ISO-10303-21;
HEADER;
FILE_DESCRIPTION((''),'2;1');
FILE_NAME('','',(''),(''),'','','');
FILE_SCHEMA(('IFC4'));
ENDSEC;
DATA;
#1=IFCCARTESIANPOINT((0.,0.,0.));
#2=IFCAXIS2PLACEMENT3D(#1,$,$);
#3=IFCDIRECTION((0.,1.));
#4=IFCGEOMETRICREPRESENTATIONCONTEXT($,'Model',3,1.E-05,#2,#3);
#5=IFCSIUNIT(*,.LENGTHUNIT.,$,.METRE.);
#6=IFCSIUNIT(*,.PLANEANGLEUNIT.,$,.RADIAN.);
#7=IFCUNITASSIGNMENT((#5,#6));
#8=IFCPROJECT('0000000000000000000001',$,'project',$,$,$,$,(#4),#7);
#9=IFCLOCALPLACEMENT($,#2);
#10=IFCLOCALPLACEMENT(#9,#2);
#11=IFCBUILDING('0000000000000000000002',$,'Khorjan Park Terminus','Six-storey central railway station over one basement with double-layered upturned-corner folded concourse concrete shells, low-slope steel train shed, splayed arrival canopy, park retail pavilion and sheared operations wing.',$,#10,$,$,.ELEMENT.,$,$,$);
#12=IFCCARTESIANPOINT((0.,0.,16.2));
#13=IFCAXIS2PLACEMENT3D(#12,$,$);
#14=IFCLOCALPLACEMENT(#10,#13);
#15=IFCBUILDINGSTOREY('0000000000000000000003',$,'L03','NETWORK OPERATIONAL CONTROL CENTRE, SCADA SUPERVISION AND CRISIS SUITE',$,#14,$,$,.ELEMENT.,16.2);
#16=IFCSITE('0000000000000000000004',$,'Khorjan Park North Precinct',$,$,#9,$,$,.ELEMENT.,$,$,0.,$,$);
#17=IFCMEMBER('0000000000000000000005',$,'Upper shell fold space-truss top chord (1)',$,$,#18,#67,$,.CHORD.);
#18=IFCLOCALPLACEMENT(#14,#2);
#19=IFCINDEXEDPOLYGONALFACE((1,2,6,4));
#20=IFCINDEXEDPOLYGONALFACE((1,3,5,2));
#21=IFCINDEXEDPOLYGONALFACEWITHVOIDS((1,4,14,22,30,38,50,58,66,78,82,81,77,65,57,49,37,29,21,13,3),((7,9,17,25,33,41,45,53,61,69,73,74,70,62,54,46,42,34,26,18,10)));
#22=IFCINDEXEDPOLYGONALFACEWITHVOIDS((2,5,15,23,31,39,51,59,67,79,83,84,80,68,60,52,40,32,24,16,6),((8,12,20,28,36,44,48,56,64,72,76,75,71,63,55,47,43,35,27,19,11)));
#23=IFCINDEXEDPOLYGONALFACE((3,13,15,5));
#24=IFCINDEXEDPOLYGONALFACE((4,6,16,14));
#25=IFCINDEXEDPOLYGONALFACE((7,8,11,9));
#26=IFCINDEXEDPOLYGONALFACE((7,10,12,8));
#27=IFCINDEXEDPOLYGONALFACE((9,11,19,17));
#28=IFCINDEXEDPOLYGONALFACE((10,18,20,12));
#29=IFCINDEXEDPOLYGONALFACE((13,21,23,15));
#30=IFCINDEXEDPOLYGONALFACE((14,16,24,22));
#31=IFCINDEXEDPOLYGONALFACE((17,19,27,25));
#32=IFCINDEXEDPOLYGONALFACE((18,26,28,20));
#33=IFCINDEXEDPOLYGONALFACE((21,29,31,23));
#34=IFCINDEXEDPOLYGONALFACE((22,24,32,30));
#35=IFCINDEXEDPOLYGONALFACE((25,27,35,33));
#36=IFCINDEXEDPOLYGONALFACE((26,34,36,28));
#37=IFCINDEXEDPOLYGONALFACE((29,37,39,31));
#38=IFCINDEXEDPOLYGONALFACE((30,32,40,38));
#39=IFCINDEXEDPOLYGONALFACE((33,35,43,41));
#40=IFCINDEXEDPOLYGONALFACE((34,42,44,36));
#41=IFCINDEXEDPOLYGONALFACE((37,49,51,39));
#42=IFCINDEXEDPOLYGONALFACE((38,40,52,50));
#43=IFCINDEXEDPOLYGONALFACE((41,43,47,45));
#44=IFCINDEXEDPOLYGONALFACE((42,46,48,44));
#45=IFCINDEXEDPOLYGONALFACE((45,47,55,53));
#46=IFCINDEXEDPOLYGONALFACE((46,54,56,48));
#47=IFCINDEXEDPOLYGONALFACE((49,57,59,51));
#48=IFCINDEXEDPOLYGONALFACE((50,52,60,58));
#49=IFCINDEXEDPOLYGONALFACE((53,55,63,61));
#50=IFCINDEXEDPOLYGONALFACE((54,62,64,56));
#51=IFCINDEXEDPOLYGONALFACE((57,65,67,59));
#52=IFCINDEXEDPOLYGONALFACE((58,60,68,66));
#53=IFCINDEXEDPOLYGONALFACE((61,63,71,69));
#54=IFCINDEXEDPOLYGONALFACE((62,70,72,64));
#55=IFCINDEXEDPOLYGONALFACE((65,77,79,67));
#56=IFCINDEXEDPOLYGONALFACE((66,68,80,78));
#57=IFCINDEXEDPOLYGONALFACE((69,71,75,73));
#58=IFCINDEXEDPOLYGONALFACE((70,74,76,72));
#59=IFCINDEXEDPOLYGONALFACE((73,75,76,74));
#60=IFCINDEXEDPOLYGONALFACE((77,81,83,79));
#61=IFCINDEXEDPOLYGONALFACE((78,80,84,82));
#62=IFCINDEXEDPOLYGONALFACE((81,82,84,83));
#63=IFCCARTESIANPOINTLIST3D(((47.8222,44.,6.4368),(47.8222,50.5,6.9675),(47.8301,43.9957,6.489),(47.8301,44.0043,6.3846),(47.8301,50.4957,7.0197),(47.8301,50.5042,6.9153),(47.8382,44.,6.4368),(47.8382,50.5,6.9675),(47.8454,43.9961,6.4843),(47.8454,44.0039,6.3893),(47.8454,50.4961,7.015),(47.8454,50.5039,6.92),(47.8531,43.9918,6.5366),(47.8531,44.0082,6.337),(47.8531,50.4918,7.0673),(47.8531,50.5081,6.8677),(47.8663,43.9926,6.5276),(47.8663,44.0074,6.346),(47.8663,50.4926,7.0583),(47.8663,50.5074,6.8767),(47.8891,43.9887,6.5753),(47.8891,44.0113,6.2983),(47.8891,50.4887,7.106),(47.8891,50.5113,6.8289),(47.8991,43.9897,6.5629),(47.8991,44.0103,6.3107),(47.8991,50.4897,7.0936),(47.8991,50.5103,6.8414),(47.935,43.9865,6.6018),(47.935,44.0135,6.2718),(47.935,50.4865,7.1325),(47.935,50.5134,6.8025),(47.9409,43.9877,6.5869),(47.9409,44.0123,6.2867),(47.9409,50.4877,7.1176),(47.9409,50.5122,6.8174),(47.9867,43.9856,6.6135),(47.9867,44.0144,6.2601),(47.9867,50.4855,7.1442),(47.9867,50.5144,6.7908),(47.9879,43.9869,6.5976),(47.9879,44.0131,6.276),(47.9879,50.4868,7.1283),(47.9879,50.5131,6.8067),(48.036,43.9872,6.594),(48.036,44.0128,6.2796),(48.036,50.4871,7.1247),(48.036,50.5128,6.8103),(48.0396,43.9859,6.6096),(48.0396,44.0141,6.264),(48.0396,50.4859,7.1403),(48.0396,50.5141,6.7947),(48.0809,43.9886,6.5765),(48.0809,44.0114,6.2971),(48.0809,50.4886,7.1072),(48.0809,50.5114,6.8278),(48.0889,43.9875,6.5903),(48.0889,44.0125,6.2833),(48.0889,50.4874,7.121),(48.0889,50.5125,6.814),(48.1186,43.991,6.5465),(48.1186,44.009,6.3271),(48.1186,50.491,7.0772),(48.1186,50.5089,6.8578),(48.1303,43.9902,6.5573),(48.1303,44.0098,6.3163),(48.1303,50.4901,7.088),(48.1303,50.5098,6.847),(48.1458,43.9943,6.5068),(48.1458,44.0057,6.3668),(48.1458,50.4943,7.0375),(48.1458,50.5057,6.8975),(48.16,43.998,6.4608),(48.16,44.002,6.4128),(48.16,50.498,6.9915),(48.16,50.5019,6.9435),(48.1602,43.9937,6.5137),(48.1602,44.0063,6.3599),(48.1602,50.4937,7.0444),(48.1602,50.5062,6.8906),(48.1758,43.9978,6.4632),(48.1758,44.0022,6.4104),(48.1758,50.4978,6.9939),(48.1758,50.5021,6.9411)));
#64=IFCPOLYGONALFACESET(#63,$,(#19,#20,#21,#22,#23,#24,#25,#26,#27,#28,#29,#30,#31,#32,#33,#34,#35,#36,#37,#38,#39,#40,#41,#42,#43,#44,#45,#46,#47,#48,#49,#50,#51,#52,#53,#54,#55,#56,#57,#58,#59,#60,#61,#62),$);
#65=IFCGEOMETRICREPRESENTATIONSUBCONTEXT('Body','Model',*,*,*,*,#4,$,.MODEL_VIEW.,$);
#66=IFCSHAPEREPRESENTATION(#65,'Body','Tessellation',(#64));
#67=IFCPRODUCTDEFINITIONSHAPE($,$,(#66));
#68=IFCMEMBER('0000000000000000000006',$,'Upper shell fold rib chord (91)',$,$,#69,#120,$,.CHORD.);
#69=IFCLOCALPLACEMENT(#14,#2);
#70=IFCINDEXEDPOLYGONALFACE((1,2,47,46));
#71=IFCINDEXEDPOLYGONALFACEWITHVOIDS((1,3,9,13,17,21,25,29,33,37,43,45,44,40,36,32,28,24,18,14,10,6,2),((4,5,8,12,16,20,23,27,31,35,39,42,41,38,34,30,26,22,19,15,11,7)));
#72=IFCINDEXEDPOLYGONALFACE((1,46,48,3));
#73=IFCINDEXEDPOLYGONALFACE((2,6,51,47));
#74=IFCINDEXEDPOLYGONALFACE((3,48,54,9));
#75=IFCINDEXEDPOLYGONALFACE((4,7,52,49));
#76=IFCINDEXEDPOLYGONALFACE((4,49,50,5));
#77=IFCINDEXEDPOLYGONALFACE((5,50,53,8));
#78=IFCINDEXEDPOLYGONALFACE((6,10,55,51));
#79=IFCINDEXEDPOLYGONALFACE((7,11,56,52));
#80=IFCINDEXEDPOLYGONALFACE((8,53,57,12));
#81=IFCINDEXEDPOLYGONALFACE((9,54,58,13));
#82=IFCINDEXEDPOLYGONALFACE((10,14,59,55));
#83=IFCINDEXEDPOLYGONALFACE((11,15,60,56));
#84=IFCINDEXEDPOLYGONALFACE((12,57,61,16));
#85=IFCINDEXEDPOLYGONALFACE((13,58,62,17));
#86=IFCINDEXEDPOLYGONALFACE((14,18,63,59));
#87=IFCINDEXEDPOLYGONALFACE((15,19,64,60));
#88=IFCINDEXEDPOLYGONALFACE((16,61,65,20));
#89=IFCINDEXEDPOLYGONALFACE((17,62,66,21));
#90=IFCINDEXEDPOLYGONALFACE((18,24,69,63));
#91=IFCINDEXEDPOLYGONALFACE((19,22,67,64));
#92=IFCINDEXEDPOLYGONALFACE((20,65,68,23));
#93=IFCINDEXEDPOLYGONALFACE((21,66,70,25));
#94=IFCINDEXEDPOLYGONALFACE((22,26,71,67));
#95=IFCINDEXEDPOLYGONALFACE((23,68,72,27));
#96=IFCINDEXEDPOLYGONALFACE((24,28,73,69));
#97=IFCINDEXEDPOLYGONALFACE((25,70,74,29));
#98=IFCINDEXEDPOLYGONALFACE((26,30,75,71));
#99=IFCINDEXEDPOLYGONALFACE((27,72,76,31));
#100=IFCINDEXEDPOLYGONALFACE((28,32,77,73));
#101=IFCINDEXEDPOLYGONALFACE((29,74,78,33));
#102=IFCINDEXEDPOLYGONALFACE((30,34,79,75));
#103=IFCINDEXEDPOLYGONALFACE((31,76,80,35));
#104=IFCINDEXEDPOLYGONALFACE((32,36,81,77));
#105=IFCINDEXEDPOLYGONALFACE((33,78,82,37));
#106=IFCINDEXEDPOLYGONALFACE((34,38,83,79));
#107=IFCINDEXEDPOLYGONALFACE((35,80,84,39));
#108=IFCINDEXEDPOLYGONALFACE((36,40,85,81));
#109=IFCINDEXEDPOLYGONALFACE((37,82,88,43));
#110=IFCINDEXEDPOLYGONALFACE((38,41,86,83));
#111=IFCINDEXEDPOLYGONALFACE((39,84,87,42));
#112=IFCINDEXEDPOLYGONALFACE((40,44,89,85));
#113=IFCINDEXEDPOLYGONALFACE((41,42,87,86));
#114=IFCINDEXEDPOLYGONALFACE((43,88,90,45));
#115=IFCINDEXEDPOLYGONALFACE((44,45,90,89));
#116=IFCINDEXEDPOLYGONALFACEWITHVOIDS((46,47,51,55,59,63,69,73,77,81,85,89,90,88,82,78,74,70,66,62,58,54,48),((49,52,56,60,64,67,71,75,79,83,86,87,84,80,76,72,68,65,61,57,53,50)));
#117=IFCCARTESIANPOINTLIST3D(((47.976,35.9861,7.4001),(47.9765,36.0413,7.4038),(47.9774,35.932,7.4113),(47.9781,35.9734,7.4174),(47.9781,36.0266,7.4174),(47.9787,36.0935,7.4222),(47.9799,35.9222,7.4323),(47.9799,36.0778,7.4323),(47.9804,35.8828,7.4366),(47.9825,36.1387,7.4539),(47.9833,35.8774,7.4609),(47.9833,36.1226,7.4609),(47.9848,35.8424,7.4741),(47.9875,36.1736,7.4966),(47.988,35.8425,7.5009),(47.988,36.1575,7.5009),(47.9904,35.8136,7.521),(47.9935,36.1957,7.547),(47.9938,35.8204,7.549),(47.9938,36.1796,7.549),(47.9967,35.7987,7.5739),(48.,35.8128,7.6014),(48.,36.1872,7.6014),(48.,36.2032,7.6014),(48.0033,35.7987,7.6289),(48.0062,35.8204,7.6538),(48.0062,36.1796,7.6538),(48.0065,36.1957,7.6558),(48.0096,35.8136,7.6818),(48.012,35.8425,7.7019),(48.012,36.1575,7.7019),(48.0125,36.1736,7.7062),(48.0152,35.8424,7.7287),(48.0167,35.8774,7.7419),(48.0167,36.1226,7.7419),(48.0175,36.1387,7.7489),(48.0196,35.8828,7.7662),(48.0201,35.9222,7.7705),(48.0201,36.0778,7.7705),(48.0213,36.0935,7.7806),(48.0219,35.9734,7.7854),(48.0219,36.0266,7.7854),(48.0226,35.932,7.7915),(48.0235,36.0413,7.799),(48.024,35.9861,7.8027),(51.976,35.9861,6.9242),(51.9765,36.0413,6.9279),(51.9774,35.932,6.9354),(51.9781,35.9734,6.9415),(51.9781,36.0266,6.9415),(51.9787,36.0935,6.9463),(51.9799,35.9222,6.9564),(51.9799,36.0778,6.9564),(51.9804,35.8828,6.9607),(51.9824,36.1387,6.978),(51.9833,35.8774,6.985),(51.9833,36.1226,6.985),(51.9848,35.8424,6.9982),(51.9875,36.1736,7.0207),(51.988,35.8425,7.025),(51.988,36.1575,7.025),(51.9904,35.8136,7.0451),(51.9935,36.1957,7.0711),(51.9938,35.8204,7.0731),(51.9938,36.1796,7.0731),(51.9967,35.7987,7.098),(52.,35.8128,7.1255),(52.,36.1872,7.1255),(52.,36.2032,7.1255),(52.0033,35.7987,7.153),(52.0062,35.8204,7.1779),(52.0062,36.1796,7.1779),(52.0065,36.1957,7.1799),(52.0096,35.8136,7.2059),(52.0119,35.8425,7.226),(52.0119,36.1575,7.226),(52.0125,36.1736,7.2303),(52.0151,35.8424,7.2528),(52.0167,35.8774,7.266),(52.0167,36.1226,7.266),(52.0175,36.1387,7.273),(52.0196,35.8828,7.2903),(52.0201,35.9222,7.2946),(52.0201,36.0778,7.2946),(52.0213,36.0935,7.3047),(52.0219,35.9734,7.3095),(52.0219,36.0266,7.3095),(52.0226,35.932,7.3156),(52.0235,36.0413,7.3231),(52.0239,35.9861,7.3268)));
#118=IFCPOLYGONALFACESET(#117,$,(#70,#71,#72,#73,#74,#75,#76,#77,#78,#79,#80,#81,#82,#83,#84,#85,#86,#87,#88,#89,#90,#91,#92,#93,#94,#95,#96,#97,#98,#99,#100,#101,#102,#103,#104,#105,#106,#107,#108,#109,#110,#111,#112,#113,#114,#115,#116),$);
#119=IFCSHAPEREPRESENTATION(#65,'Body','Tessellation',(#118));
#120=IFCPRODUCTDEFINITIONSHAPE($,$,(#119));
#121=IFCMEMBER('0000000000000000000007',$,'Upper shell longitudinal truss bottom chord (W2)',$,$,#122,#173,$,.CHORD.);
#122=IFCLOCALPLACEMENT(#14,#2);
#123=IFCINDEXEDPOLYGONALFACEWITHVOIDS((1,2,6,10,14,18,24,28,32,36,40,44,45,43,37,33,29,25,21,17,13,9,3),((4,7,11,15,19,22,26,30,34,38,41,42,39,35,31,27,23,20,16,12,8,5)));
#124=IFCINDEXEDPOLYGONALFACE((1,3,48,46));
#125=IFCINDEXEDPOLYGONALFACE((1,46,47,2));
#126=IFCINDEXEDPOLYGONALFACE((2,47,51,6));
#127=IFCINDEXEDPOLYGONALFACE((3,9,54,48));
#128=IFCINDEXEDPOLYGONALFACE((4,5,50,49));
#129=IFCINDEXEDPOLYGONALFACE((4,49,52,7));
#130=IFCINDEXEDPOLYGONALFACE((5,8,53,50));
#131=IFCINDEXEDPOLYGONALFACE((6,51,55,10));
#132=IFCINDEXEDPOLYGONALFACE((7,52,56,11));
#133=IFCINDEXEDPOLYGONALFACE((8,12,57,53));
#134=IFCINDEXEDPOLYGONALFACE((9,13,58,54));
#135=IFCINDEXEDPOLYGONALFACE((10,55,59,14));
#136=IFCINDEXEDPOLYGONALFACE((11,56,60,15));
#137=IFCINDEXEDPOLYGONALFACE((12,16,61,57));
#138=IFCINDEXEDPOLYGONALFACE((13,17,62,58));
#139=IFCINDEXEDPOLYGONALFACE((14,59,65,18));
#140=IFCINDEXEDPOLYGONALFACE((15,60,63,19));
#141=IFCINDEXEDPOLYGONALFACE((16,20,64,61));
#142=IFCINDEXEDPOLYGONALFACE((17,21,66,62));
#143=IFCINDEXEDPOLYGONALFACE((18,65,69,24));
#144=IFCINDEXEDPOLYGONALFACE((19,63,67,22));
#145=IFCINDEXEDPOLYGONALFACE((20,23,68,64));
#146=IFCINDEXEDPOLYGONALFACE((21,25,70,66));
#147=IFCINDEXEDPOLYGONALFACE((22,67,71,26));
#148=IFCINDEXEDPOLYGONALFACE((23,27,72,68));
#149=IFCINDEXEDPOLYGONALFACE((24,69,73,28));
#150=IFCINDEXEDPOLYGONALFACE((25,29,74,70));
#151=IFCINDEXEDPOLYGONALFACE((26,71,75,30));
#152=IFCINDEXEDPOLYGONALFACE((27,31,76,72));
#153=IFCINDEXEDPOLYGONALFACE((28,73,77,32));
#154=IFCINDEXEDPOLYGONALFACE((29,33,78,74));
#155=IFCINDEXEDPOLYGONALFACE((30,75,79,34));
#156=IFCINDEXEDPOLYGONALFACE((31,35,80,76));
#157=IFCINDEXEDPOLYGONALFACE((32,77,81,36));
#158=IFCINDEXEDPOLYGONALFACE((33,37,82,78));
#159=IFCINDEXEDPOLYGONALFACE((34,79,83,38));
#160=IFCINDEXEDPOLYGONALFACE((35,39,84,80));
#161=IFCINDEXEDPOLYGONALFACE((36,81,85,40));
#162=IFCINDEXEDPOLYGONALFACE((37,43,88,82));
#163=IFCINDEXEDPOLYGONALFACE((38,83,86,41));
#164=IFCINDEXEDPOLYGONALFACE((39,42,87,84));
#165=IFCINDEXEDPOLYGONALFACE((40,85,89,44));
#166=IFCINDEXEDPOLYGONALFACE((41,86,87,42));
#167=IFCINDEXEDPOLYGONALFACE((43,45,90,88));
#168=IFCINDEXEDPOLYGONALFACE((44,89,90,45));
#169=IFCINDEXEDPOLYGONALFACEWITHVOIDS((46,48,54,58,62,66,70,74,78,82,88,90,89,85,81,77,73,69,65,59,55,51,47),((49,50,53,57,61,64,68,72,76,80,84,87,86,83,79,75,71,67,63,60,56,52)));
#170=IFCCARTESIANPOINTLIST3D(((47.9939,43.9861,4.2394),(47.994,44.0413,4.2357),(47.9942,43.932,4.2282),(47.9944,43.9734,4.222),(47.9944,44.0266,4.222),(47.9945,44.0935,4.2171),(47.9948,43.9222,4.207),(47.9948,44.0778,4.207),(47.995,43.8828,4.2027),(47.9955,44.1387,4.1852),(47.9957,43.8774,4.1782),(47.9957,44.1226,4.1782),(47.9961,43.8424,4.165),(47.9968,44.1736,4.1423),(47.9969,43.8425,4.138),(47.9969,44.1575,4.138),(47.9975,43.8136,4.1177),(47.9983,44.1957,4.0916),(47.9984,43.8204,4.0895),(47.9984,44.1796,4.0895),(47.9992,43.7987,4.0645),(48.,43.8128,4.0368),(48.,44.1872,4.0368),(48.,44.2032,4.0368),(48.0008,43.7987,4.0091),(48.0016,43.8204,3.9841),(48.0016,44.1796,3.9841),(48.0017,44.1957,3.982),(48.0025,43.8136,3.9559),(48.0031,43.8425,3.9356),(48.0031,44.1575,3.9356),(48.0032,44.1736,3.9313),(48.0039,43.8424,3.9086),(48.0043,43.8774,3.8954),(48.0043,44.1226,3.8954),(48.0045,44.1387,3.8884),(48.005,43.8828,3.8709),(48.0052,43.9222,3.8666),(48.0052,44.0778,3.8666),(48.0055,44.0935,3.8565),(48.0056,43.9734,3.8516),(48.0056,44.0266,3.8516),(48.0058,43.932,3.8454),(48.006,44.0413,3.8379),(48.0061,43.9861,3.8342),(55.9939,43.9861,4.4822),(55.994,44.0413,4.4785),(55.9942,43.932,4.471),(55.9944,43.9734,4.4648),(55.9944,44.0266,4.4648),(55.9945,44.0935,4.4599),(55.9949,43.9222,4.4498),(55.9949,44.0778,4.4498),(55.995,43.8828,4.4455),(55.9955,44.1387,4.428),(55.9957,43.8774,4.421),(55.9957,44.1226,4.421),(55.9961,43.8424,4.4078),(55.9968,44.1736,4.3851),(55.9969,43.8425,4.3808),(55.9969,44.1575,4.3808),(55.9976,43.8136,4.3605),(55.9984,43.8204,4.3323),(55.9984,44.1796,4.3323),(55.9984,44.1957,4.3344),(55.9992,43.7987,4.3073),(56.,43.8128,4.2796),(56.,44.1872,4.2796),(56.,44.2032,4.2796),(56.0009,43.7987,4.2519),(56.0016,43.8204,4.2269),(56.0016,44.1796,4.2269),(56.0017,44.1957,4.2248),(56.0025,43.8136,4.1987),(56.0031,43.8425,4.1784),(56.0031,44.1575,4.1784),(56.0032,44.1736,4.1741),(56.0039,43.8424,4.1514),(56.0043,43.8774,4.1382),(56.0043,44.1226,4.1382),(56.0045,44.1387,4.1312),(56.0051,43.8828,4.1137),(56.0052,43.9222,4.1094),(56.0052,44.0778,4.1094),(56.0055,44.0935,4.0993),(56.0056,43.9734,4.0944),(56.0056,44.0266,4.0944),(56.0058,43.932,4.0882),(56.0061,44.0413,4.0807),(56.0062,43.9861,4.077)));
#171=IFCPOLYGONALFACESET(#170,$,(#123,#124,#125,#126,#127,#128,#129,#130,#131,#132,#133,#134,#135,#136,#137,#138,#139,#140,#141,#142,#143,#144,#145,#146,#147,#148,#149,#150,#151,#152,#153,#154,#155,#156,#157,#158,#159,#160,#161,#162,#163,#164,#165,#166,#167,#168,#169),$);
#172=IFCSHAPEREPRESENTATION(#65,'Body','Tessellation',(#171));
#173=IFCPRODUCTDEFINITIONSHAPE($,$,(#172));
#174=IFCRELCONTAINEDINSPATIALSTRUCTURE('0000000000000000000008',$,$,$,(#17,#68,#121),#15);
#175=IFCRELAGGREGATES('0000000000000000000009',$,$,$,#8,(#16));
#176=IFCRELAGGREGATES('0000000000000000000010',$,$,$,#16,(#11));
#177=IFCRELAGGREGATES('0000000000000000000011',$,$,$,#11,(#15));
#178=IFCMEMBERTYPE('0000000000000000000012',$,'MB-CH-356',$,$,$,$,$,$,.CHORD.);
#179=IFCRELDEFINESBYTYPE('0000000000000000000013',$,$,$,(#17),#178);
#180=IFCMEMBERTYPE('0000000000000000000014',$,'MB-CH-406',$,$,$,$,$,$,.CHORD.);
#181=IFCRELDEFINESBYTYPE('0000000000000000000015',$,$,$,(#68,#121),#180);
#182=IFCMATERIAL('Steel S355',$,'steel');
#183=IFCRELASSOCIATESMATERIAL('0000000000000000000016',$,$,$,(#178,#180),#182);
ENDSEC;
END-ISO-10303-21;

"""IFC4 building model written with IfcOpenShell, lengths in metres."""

from ifc_helpers import new_model, si_unit, direction, frame, origin, origin_2d, place, context, subcontext, project, spatial, hollow_circle, extrude, material, material_profile, profile_set, type_object, element, save


model = new_model("IFC4")

# Units and contexts
model_context = context("Model", 3, precision=1e-05, world=origin(), true_north=direction((0.0, 1.0)))
body_context = subcontext(model_context, "Body", "Model", "MODEL_VIEW")
ifc_project = project(units=[si_unit("LENGTHUNIT", "METRE"), si_unit("PLANEANGLEUNIT", "RADIAN")], contexts=[model_context])

# Site, building, storey
site_placement = place(None, origin())
site = spatial("IfcSite", under=ifc_project, at=site_placement, Name="Khorjan Park North Precinct", CompositionType="ELEMENT", RefElevation=0.0)
building_placement = place(site_placement, origin())
building = spatial("IfcBuilding", under=site, at=building_placement, Name="Khorjan Park Terminus", Description="Six-storey central railway station over one basement with double-layered upturned-corner folded concourse concrete shells, low-slope steel train shed, splayed arrival canopy, park retail pavilion and sheared operations wing.", CompositionType="ELEMENT")
storey_placement = place(building_placement, frame((0.0, 0.0, 16.2)))
storey = spatial("IfcBuildingStorey", under=building, at=storey_placement, Name="L03", Description="NETWORK OPERATIONAL CONTROL CENTRE, SCADA SUPERVISION AND CRISIS SUITE", CompositionType="ELEMENT", Elevation=16.2)

# Members
ifc_material_1 = material(Name="Steel S355", Category="steel")
ifc_material_profile_1 = material_profile(ifc_material_1, hollow_circle(Radius=0.1778, WallThickness=0.016, at=origin_2d()), Name="CHS 355.6x16")
ifc_profile_set_1 = profile_set([ifc_material_profile_1], Name="Steel S355")
member_type_1 = type_object("IfcMemberType", Name="MB-CH-356", PredefinedType="CHORD", material=ifc_profile_set_1)
member_1_placement = place(storey_placement, frame((48.0, 44.0, 6.4368), z_axis=(0.0, 0.996684, 0.081375), x_axis=(-1.0, 0.0, 0.0)))
element("IfcMember", 1, at=member_1_placement, inside=storey, type_object=member_type_1, Name="Upper shell fold space-truss top chord (1)", PredefinedType="CHORD", context=body_context, shape_type="SweptSolid", body=[
    extrude(hollow_circle(Radius=0.1778, WallThickness=0.016, at=origin_2d()), origin(), (0.0, 0.0, 1.0), 6.5216),
])
ifc_material_profile_2 = material_profile(ifc_material_1, hollow_circle(Radius=0.2032, WallThickness=0.016, at=origin_2d()), Name="CHS 406.4x16")
ifc_profile_set_2 = profile_set([ifc_material_profile_2], Name="Steel S355")
member_type_2 = type_object("IfcMemberType", Name="MB-CH-406", PredefinedType="CHORD", material=ifc_profile_set_2)
member_2_placement = place(storey_placement, frame((48.0, 36.0, 7.6014), z_axis=(0.992997, 0.0, -0.118142), x_axis=(0.0, 1.0, 0.0)))
element("IfcMember", 2, at=member_2_placement, inside=storey, type_object=member_type_2, Name="Upper shell fold rib chord (91)", PredefinedType="CHORD", context=body_context, shape_type="SweptSolid", body=[
    extrude(hollow_circle(Radius=0.2032, WallThickness=0.016, at=origin_2d()), origin(), (0.0, 0.0, 1.0), 4.0282),
])
member_3_placement = place(storey_placement, frame((48.0, 44.0, 4.0368), z_axis=(0.99954, 0.0, 0.030336), x_axis=(0.0, 1.0, 0.0)))
element("IfcMember", 3, at=member_3_placement, inside=storey, type_object=member_type_2, Name="Upper shell longitudinal truss bottom chord (W2)", PredefinedType="CHORD", context=body_context, shape_type="SweptSolid", body=[
    extrude(hollow_circle(Radius=0.2032, WallThickness=0.016, at=origin_2d()), origin(), (0.0, 0.0, 1.0), 8.0037),
])

save(model, "model.ifc")
